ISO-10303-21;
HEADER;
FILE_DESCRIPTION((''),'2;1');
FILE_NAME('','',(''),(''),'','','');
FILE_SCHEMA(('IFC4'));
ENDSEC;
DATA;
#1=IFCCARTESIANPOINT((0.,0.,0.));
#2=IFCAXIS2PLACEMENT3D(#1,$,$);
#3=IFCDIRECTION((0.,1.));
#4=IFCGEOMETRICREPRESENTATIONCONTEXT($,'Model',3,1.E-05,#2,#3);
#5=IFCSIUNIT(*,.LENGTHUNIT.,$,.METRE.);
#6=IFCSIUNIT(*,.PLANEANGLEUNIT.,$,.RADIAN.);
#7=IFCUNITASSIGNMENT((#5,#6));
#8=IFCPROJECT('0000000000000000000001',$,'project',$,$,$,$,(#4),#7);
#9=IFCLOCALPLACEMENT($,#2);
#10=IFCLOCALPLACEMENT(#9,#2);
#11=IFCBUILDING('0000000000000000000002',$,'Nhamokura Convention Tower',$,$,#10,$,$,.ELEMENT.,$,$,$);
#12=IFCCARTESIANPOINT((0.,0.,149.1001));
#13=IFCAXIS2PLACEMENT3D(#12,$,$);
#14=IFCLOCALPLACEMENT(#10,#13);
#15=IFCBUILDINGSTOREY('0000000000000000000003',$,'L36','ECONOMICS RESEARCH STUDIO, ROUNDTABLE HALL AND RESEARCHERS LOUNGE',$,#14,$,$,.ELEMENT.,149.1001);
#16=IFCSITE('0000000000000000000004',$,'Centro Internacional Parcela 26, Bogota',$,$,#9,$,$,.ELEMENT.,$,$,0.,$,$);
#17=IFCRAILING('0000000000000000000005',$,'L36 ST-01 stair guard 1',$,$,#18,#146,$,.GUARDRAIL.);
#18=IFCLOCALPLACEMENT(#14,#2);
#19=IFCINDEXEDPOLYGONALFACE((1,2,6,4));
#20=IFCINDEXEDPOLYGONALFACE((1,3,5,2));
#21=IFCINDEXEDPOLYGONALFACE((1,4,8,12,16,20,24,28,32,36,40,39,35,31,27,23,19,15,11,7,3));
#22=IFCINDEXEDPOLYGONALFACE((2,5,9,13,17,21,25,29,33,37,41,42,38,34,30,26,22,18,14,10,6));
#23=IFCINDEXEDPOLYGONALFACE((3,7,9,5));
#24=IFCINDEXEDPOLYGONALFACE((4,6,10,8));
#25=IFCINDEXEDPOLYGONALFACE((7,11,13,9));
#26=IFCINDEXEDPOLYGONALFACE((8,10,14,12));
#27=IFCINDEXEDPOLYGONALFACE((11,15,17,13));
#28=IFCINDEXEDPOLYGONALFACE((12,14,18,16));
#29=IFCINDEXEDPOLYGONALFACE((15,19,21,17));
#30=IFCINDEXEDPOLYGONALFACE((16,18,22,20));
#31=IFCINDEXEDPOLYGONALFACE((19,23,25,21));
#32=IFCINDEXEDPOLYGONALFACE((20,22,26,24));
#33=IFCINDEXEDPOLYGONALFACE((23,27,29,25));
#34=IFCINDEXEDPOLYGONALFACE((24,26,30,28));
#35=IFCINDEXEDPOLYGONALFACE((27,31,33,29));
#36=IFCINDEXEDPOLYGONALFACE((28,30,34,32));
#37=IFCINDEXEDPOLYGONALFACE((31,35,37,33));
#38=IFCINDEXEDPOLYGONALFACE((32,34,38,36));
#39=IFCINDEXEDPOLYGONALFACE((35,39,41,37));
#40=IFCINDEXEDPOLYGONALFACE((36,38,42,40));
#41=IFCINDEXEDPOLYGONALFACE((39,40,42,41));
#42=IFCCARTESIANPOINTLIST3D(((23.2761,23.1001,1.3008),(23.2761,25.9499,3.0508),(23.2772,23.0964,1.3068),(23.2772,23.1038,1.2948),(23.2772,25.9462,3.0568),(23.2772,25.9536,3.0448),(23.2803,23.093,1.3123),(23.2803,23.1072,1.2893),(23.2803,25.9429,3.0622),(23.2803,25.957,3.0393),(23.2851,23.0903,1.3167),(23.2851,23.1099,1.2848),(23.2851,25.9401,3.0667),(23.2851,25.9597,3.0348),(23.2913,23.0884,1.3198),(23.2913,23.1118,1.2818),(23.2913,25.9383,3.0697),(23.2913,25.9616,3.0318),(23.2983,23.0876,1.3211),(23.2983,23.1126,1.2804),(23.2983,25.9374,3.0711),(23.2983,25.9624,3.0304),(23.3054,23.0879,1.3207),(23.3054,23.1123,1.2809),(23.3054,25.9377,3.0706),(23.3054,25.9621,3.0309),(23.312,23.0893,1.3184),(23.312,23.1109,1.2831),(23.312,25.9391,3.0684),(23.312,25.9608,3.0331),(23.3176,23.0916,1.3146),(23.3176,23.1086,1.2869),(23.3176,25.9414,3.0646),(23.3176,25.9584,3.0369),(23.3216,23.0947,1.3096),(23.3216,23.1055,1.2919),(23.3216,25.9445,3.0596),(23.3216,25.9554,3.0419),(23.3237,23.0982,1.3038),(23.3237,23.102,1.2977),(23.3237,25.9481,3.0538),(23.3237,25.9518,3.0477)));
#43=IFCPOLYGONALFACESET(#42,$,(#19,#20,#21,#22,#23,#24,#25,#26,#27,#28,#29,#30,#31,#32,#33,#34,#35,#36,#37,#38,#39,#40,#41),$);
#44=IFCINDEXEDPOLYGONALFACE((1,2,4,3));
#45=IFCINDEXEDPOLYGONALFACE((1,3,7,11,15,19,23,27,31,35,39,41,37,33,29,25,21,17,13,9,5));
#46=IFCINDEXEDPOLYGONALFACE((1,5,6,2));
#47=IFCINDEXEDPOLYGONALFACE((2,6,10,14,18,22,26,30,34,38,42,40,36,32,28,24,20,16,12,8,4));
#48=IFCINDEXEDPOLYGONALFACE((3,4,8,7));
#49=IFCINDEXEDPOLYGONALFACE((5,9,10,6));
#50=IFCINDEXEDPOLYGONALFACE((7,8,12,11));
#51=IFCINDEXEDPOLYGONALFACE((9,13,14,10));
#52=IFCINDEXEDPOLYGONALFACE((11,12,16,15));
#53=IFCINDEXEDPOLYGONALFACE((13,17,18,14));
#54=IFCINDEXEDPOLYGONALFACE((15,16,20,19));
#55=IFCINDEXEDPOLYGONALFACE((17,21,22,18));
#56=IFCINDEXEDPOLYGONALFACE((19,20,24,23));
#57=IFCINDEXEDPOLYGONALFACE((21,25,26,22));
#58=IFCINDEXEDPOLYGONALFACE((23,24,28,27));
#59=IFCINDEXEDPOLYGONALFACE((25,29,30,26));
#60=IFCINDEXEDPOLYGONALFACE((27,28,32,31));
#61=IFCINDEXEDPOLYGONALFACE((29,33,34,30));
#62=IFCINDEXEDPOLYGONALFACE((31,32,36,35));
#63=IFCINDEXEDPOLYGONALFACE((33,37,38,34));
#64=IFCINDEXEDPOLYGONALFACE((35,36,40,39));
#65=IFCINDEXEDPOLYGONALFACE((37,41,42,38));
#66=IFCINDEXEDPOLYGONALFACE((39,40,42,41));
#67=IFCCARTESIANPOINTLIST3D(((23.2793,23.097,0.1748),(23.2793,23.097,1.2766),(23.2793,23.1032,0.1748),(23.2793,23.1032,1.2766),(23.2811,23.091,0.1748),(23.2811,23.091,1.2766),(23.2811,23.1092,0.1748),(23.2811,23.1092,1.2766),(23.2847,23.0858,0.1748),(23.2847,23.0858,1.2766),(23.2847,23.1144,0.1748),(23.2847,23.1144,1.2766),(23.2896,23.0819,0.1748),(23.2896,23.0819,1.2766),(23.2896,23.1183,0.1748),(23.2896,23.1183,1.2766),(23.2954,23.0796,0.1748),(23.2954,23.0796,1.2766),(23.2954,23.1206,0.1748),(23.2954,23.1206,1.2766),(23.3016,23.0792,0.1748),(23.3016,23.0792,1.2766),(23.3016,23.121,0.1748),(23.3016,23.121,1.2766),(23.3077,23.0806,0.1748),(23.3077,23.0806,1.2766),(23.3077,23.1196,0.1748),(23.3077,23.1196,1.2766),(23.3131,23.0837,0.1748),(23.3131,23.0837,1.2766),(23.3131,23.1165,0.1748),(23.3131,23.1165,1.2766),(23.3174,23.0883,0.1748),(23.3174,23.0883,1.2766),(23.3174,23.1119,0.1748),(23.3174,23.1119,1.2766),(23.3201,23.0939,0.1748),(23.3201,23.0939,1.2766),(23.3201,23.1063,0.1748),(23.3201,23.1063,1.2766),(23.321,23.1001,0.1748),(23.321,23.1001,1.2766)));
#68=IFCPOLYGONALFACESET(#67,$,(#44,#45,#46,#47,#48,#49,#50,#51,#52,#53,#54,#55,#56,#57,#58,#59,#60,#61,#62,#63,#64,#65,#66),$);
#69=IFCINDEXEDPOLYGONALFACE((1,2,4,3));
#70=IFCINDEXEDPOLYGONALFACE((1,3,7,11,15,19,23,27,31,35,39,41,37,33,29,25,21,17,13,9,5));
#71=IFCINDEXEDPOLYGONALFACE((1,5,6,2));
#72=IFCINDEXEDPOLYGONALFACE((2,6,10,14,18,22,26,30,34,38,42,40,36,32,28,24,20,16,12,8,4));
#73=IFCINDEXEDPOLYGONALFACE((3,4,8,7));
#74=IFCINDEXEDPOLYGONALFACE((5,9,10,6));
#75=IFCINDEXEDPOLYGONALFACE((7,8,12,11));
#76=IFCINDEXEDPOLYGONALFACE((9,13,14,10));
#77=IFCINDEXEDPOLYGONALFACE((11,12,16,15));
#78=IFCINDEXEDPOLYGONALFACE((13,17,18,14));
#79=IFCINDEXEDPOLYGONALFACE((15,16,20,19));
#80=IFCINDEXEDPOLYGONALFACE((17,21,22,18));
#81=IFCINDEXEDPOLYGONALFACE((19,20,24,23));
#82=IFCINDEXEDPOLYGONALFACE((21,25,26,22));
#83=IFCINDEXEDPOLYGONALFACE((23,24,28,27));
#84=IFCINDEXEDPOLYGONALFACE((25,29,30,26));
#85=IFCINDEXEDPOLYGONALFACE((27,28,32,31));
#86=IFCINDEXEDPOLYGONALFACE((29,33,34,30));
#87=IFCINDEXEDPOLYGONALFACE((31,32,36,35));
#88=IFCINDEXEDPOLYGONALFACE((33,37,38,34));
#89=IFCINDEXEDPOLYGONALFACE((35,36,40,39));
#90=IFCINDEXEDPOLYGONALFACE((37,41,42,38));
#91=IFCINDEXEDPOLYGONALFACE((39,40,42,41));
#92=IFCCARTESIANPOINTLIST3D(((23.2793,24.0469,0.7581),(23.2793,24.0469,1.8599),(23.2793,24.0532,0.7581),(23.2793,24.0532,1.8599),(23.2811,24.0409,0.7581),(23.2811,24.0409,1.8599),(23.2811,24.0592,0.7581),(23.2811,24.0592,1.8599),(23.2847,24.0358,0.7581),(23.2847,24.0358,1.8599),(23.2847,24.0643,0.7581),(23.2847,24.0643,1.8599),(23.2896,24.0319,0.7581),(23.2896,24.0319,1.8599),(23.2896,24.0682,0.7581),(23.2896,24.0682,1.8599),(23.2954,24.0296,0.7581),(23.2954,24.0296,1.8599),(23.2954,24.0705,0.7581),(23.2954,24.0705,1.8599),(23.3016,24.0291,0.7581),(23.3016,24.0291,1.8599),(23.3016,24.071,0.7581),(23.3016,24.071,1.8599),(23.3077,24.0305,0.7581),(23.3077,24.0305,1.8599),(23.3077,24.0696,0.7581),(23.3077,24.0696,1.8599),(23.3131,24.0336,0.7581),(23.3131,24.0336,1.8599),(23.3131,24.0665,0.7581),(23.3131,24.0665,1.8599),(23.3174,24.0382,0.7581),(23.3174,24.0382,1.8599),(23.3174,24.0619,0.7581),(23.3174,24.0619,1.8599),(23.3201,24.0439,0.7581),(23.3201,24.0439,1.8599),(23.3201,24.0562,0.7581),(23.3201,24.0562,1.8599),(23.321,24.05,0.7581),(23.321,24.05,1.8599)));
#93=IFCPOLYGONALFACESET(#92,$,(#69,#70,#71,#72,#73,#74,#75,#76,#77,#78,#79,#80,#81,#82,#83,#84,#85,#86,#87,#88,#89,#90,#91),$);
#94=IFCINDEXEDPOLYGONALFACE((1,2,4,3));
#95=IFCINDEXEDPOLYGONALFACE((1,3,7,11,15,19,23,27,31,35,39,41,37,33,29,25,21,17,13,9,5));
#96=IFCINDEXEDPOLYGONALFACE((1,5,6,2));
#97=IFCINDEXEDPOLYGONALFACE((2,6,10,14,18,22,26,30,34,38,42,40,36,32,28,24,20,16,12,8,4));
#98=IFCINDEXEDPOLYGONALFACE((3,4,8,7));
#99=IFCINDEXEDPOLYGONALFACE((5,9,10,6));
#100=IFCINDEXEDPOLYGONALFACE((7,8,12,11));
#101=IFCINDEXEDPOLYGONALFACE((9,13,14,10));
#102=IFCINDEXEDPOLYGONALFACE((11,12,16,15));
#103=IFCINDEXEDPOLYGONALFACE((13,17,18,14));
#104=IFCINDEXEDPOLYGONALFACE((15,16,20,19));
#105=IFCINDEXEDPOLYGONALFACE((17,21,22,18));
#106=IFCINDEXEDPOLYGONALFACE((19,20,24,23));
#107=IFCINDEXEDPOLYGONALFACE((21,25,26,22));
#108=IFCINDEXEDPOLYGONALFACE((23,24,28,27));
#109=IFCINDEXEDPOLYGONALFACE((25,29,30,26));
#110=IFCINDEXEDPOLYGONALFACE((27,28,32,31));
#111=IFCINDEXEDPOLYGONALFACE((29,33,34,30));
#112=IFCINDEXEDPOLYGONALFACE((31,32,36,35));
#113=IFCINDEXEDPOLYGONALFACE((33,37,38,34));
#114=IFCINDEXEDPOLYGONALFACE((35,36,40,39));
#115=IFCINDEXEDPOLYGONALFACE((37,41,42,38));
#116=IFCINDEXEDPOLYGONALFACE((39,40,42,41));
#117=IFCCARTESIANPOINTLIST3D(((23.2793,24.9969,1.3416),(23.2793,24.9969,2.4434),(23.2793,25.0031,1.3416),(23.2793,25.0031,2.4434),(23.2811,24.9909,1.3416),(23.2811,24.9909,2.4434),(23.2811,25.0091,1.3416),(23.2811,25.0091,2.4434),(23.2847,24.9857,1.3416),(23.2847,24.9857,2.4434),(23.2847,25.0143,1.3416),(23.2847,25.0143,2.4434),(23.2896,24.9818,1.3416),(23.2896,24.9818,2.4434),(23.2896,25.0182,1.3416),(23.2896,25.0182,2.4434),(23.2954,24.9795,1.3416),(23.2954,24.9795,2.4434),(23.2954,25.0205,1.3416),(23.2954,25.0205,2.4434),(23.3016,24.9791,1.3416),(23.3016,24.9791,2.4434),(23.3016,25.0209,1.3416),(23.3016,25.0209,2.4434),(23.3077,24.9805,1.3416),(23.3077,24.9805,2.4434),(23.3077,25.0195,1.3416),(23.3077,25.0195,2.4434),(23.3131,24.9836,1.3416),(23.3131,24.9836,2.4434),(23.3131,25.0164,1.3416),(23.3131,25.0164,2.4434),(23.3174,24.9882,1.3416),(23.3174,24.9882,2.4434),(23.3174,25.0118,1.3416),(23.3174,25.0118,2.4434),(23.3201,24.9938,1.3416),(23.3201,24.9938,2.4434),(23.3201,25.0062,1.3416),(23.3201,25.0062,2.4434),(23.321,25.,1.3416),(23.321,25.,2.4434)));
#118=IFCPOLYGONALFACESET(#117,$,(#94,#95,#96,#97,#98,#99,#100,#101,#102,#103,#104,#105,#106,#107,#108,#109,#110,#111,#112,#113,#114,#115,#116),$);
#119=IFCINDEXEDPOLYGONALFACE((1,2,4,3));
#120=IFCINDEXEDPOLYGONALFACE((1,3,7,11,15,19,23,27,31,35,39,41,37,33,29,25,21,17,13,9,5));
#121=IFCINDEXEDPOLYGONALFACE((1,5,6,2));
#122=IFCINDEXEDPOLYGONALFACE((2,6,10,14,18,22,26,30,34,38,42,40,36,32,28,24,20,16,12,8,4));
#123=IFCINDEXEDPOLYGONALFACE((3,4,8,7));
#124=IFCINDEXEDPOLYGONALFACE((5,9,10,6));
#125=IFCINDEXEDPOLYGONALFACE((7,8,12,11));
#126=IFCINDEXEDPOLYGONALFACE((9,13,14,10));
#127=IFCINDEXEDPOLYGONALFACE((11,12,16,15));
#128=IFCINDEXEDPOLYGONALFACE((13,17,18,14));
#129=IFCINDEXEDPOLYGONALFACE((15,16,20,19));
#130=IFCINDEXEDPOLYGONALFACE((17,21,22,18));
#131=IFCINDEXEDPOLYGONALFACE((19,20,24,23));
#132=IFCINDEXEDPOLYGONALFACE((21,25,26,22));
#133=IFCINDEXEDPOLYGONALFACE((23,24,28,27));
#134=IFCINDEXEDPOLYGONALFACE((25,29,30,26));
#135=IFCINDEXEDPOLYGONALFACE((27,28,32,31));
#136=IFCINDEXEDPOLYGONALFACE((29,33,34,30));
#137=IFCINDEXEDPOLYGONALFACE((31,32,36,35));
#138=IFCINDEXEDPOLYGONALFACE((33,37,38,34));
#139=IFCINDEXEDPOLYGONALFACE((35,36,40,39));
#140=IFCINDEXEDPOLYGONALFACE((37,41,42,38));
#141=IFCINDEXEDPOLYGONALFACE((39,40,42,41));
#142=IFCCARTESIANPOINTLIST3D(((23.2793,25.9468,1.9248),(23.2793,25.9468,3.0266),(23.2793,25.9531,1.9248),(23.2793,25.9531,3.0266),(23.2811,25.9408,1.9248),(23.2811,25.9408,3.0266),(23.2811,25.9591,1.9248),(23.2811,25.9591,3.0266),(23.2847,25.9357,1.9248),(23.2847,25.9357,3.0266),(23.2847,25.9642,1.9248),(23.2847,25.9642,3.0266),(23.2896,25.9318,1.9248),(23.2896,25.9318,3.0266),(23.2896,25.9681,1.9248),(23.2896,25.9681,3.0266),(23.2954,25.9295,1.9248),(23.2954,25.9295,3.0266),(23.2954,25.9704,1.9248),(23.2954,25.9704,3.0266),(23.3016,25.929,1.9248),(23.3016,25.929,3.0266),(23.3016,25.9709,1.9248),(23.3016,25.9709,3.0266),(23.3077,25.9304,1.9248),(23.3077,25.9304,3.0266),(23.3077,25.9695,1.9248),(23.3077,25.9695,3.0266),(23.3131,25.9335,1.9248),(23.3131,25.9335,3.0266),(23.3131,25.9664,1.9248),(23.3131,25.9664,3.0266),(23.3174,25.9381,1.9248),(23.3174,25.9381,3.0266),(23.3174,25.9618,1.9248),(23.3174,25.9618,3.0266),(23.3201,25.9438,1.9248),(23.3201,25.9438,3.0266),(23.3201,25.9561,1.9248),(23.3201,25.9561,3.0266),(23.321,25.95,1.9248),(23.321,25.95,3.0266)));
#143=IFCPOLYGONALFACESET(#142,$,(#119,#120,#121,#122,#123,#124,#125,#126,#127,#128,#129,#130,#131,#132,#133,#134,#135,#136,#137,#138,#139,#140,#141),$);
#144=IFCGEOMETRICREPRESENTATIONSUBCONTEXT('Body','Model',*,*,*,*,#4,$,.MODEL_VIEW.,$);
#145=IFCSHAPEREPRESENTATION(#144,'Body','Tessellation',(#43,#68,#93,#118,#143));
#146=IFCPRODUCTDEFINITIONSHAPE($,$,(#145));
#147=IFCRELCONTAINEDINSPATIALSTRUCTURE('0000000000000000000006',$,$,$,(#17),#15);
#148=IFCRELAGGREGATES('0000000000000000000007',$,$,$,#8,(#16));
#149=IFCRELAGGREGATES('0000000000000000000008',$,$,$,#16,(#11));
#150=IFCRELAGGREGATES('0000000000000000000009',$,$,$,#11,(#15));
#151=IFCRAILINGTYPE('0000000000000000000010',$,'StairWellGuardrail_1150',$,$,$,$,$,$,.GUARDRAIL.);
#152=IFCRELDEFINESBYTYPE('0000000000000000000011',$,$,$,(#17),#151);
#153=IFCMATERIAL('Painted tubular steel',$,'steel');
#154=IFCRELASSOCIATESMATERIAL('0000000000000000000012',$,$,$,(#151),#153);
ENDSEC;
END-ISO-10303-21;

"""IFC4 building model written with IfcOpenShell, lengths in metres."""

from ifc_helpers import new_model, si_unit, direction, frame, origin, origin_2d, place, context, subcontext, project, spatial, circle, extrude, material, type_object, element, save


model = new_model("IFC4")

# Units and contexts
model_context = context("Model", 3, precision=1e-05, world=origin(), true_north=direction((0.0, 1.0)))
body_context = subcontext(model_context, "Body", "Model", "MODEL_VIEW")
ifc_project = project(units=[si_unit("LENGTHUNIT", "METRE"), si_unit("PLANEANGLEUNIT", "RADIAN")], contexts=[model_context])

# Site, building, storey
site_placement = place(None, origin())
site = spatial("IfcSite", under=ifc_project, at=site_placement, Name="Centro Internacional Parcela 26, Bogota", CompositionType="ELEMENT", RefElevation=0.0)
building_placement = place(site_placement, origin())
building = spatial("IfcBuilding", under=site, at=building_placement, Name="Nhamokura Convention Tower", CompositionType="ELEMENT")
storey_placement = place(building_placement, frame((0.0, 0.0, 149.1001)))
storey = spatial("IfcBuildingStorey", under=building, at=storey_placement, Name="L36", Description="ECONOMICS RESEARCH STUDIO, ROUNDTABLE HALL AND RESEARCHERS LOUNGE", CompositionType="ELEMENT", Elevation=149.1001)

# Railing
ifc_material_1 = material(Name="Painted tubular steel", Category="steel")
railing_type_1 = type_object("IfcRailingType", Name="StairWellGuardrail_1150", PredefinedType="GUARDRAIL", material=ifc_material_1)
railing_1_placement = place(storey_placement, frame((23.3, 23.1001, 0.1748)))
element("IfcRailing", 1, at=railing_1_placement, inside=storey, type_object=railing_type_1, Name="L36 ST-01 stair guard 1", PredefinedType="GUARDRAIL", context=body_context, shape_type="SweptSolid", body=[
    extrude(circle(Radius=0.0239, at=origin_2d()), frame((0.0, 0.0, 1.126), z_axis=(0.0, 0.852159, 0.523283), x_axis=(-1.0, 0.0, 0.0)), (0.0, 0.0, 1.0), 3.3442),
    extrude(circle(Radius=0.021, at=origin_2d()), origin(), (0.0, 0.0, 1.0), 1.1018),
    extrude(circle(Radius=0.021, at=origin_2d()), frame((0.0, 0.95, 0.5833)), (0.0, 0.0, 1.0), 1.1018),
    extrude(circle(Radius=0.021, at=origin_2d()), frame((0.0, 1.8999, 1.1667)), (0.0, 0.0, 1.0), 1.1018),
    extrude(circle(Radius=0.021, at=origin_2d()), frame((0.0, 2.8499, 1.75)), (0.0, 0.0, 1.0), 1.1018),
])

save(model, "model.ifc")
